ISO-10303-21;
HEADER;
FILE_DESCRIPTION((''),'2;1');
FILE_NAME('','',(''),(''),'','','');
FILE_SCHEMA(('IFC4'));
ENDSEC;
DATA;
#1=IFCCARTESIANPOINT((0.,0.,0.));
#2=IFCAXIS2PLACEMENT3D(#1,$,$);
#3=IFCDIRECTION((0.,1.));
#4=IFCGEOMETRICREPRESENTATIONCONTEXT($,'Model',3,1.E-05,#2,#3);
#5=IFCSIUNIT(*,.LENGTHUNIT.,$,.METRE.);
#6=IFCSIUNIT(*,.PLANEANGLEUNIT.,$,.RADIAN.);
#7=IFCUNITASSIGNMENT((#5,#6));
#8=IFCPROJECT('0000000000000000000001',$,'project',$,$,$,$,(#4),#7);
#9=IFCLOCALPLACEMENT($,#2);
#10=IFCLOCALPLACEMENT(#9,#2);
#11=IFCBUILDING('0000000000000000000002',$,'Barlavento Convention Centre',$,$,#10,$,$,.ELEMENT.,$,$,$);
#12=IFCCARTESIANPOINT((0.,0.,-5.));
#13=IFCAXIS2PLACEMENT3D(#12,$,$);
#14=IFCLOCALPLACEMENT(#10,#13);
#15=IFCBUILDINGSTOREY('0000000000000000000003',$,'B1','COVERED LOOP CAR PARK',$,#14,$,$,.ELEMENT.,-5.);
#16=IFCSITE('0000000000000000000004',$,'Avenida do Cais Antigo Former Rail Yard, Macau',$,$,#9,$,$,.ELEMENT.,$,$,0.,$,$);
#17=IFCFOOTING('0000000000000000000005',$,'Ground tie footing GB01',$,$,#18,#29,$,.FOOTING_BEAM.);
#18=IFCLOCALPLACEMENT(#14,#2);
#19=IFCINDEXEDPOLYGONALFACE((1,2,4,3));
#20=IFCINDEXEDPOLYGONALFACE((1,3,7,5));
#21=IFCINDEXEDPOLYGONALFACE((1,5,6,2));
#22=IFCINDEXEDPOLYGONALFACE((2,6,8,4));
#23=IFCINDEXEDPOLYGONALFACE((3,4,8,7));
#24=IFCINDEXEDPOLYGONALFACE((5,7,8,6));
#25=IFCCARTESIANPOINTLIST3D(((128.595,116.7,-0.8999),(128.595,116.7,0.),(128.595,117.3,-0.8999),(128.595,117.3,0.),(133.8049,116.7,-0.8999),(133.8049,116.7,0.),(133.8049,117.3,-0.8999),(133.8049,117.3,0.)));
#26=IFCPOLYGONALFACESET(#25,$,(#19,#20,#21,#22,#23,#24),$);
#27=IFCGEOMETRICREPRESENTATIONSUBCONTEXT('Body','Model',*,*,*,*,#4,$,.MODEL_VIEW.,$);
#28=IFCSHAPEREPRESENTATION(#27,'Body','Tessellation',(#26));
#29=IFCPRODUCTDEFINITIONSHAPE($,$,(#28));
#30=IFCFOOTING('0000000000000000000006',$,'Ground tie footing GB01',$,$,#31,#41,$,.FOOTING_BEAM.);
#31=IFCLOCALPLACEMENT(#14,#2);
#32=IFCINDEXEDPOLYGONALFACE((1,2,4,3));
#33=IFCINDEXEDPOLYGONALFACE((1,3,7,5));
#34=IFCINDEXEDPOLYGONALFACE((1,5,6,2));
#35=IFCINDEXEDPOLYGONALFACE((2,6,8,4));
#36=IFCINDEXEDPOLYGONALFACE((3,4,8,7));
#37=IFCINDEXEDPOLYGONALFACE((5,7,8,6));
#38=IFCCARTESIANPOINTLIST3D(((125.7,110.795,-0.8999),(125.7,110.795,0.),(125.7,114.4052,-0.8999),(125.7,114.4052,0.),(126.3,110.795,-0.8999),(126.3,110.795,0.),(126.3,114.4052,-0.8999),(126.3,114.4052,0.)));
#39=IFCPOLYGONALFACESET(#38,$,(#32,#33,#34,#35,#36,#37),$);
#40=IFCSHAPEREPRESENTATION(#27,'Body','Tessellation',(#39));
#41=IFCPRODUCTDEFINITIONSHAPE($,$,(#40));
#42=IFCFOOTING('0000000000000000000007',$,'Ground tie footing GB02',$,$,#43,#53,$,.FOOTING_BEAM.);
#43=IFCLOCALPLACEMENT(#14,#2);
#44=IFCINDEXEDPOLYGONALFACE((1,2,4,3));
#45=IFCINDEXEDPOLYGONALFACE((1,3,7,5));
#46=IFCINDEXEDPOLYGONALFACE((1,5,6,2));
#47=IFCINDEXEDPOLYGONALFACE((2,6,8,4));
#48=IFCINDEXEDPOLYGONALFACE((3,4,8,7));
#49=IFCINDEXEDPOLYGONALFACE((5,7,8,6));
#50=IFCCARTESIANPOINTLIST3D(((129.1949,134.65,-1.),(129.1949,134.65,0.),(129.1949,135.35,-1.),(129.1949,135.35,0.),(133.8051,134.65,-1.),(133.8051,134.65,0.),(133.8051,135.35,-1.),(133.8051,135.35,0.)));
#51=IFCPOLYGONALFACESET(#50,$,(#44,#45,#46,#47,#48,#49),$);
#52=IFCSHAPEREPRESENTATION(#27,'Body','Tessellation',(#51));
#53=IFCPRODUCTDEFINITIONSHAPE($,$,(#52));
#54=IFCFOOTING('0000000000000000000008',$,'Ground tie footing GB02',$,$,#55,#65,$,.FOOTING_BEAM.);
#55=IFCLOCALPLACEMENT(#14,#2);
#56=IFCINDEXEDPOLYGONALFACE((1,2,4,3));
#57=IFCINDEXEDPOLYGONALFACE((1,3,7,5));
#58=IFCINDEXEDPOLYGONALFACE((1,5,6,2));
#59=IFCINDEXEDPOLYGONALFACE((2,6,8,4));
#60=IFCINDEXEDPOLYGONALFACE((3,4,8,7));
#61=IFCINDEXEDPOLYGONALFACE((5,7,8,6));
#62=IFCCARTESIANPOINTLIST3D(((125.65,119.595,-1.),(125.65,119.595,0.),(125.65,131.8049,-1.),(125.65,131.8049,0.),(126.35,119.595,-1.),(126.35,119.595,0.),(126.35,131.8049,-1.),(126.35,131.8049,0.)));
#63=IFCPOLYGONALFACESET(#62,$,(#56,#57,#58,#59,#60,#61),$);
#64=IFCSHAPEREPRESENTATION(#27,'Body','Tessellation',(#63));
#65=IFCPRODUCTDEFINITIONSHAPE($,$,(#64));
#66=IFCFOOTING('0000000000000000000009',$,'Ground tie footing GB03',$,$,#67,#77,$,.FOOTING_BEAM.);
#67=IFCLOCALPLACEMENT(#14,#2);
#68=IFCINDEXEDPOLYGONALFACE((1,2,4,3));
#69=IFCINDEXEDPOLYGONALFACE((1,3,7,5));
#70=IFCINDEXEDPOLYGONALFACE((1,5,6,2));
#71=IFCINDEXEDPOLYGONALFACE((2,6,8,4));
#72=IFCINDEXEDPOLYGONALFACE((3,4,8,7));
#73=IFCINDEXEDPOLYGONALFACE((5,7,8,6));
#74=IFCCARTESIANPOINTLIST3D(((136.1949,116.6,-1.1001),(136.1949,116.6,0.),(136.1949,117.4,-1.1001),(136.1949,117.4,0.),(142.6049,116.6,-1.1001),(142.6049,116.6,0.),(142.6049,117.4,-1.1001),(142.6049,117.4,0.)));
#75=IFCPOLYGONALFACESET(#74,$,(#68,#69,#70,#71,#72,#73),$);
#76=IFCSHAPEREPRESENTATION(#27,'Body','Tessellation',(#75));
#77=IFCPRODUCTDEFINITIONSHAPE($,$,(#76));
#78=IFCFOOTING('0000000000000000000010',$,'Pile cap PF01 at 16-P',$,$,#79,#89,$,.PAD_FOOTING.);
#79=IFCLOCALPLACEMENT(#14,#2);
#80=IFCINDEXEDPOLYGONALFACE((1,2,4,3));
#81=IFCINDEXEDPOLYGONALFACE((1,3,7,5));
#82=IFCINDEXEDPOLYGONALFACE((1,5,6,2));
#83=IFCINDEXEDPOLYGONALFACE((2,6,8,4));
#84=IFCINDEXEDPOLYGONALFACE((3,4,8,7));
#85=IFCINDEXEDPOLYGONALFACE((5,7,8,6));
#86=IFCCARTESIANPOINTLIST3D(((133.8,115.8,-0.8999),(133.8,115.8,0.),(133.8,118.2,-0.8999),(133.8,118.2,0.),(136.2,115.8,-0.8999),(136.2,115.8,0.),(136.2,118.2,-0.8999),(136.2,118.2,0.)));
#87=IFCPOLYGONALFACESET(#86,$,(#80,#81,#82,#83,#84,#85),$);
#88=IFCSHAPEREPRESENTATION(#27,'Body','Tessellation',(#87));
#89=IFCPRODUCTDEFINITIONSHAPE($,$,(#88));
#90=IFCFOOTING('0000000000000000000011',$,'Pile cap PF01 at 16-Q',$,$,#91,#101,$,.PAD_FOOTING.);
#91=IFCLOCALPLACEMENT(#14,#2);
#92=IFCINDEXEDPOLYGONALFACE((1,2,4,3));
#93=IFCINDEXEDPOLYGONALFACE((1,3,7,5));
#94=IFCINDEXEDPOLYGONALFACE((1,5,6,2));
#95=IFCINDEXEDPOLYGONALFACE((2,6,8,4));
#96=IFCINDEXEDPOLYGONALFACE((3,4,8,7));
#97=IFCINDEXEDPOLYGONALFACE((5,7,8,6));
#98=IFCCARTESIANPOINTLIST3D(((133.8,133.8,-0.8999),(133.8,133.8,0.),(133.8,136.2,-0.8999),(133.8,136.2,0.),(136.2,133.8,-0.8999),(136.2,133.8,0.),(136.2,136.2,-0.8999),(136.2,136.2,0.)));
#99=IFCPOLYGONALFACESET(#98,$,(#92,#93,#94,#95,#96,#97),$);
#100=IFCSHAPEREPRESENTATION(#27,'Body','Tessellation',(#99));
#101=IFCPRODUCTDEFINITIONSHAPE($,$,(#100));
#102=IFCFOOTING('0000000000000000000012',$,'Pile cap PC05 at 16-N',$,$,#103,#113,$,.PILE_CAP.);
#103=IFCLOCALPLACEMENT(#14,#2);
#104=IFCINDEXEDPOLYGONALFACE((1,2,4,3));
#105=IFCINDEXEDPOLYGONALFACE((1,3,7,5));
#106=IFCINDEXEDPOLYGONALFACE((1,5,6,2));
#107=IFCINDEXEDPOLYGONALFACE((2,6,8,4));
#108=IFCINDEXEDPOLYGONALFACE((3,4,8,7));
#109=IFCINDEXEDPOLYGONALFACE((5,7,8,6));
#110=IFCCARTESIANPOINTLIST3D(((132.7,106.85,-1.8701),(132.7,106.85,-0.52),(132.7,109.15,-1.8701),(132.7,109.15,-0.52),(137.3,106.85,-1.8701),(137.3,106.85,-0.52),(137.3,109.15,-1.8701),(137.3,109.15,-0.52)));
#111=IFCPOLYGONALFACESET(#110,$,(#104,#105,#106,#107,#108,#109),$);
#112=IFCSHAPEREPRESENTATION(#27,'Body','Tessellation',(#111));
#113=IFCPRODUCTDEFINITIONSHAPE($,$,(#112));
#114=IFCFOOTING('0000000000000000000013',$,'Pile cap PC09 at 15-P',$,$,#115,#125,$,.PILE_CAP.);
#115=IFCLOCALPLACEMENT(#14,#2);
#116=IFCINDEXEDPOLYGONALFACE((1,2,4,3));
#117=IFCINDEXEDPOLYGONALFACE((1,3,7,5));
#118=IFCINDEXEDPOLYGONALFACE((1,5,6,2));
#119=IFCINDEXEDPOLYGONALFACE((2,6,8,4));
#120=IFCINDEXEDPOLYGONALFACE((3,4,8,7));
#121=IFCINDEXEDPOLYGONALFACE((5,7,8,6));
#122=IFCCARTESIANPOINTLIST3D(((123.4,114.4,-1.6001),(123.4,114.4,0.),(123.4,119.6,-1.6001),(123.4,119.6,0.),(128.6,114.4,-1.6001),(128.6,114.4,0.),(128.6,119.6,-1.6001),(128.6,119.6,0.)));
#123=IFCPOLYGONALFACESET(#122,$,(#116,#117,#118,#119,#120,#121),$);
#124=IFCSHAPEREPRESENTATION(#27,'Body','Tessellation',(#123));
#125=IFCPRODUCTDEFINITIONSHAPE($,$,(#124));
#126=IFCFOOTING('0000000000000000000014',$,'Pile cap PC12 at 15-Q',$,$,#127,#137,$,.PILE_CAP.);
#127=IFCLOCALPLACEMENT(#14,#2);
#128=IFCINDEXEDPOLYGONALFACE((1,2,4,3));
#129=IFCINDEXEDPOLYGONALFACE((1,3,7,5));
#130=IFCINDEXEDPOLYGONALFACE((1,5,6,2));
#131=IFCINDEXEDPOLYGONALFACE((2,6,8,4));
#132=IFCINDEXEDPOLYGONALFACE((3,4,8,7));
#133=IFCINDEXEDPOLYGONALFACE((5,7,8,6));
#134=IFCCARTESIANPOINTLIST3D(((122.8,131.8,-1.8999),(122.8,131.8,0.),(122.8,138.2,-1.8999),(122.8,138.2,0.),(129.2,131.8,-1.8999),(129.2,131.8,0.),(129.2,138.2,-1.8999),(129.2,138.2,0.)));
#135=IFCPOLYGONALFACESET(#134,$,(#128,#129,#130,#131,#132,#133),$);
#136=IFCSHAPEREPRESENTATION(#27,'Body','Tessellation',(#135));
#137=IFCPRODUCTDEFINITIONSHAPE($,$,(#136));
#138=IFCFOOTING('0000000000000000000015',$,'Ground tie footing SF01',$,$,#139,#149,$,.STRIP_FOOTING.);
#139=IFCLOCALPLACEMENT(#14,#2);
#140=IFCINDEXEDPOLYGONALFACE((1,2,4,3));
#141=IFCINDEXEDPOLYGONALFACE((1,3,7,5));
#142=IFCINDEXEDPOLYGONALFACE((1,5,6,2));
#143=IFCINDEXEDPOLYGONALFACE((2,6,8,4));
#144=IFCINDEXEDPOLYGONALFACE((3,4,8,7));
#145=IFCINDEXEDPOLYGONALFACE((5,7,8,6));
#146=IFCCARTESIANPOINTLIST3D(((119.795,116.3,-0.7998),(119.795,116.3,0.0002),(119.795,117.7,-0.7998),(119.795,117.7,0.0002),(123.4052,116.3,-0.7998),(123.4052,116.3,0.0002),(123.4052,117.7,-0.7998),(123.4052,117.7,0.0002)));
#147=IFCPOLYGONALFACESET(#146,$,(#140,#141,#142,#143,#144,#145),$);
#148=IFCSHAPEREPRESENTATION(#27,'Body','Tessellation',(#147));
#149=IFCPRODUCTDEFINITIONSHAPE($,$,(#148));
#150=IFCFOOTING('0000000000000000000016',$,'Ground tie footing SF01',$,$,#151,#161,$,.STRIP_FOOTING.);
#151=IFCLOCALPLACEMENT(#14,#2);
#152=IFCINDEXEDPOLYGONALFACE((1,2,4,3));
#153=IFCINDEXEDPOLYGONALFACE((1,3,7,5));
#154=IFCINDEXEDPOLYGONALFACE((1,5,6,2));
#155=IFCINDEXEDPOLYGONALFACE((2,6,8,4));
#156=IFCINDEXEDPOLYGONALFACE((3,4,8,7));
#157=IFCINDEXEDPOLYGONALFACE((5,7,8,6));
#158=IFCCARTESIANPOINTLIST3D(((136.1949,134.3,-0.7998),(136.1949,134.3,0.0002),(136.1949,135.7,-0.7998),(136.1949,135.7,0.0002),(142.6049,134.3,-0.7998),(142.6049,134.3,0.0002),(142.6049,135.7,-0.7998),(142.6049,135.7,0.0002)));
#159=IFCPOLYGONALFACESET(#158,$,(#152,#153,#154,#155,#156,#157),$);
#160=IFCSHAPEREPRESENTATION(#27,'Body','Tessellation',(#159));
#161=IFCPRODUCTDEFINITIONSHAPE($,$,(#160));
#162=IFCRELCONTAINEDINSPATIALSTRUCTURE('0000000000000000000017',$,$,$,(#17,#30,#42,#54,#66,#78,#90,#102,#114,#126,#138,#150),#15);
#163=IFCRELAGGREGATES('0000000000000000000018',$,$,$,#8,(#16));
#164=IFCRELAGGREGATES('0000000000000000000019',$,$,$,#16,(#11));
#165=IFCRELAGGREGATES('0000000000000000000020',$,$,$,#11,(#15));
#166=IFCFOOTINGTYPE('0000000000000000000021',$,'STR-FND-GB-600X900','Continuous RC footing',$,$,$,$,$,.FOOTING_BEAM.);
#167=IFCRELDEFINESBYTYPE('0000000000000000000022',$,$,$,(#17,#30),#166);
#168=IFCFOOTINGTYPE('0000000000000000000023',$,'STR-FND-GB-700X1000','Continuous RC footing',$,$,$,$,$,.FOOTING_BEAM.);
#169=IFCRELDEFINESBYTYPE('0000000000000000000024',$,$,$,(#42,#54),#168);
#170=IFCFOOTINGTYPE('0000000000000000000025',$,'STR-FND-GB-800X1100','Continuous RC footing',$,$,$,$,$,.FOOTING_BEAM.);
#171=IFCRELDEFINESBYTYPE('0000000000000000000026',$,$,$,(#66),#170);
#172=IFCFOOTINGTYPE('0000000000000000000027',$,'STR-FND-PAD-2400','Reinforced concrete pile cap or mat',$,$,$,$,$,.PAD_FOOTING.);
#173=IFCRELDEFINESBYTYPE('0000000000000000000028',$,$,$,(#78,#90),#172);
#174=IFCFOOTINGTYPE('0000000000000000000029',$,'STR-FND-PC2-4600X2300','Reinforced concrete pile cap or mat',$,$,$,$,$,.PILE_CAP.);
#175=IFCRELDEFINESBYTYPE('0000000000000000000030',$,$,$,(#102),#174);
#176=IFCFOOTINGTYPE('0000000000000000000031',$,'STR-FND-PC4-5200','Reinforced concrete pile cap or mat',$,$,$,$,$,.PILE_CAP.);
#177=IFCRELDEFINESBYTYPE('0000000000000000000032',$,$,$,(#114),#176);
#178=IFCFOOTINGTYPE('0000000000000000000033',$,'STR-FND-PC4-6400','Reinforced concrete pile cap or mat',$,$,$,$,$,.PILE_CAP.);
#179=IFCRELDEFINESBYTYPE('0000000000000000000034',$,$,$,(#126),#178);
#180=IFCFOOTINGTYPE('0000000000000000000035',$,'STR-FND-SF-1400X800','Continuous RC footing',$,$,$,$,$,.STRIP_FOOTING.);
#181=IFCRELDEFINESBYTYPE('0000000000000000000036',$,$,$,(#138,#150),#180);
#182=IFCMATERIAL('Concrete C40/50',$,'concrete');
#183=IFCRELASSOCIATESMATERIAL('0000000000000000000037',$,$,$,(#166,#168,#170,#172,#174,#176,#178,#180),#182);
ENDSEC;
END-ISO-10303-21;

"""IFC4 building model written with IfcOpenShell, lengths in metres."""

from ifc_helpers import new_model, si_unit, direction, frame, origin, origin_2d, place, context, subcontext, project, spatial, rectangle, extrude, material, type_object, element, save


model = new_model("IFC4")

# Units and contexts
model_context = context("Model", 3, precision=1e-05, world=origin(), true_north=direction((0.0, 1.0)))
body_context = subcontext(model_context, "Body", "Model", "MODEL_VIEW")
ifc_project = project(units=[si_unit("LENGTHUNIT", "METRE"), si_unit("PLANEANGLEUNIT", "RADIAN")], contexts=[model_context])

# Site, building, storey
site_placement = place(None, origin())
site = spatial("IfcSite", under=ifc_project, at=site_placement, Name="Avenida do Cais Antigo Former Rail Yard, Macau", CompositionType="ELEMENT", RefElevation=0.0)
building_placement = place(site_placement, origin())
building = spatial("IfcBuilding", under=site, at=building_placement, Name="Barlavento Convention Centre", CompositionType="ELEMENT")
storey_placement = place(building_placement, frame((0.0, 0.0, -5.0)))
storey = spatial("IfcBuildingStorey", under=building, at=storey_placement, Name="B1", Description="COVERED LOOP CAR PARK", CompositionType="ELEMENT", Elevation=-5.0)

# Footings
ifc_material_1 = material(Name="Concrete C40/50", Category="concrete")
footing_type_1 = type_object("IfcFootingType", Name="STR-FND-GB-600X900", Description="Continuous RC footing", PredefinedType="FOOTING_BEAM", material=ifc_material_1)
footing_1_placement = place(storey_placement, frame((131.2, 117.0, -0.8999), z_axis=(0.0, 0.0, 1.0), x_axis=(1.0, 0.0, 0.0)))
element("IfcFooting", 1, at=footing_1_placement, inside=storey, type_object=footing_type_1, Name="Ground tie footing GB01", PredefinedType="FOOTING_BEAM", context=body_context, shape_type="SweptSolid", body=[
    extrude(rectangle(XDim=5.21, YDim=0.6001, at=origin_2d()), origin(), (0.0, 0.0, 1.0), 0.8999),
])
footing_2_placement = place(storey_placement, frame((126.0, 112.6001, -0.8999), z_axis=(0.0, 0.0, 1.0), x_axis=(1.0, 0.0, 0.0)))
element("IfcFooting", 2, at=footing_2_placement, inside=storey, type_object=footing_type_1, Name="Ground tie footing GB01", PredefinedType="FOOTING_BEAM", context=body_context, shape_type="SweptSolid", body=[
    extrude(rectangle(XDim=0.6001, YDim=3.6101, at=origin_2d()), origin(), (0.0, 0.0, 1.0), 0.8999),
])
footing_type_2 = type_object("IfcFootingType", Name="STR-FND-GB-700X1000", Description="Continuous RC footing", PredefinedType="FOOTING_BEAM", material=ifc_material_1)
footing_3_placement = place(storey_placement, frame((131.5, 135.0, -1.0), z_axis=(0.0, 0.0, 1.0), x_axis=(1.0, 0.0, 0.0)))
element("IfcFooting", 3, at=footing_3_placement, inside=storey, type_object=footing_type_2, Name="Ground tie footing GB02", PredefinedType="FOOTING_BEAM", context=body_context, shape_type="SweptSolid", body=[
    extrude(rectangle(XDim=4.6101, YDim=0.7, at=origin_2d()), origin(), (0.0, 0.0, 1.0), 1.0),
])
footing_4_placement = place(storey_placement, frame((126.0, 125.7, -1.0), z_axis=(0.0, 0.0, 1.0), x_axis=(1.0, 0.0, 0.0)))
element("IfcFooting", 4, at=footing_4_placement, inside=storey, type_object=footing_type_2, Name="Ground tie footing GB02", PredefinedType="FOOTING_BEAM", context=body_context, shape_type="SweptSolid", body=[
    extrude(rectangle(XDim=0.7, YDim=12.21, at=origin_2d()), origin(), (0.0, 0.0, 1.0), 1.0),
])
footing_type_3 = type_object("IfcFootingType", Name="STR-FND-GB-800X1100", Description="Continuous RC footing", PredefinedType="FOOTING_BEAM", material=ifc_material_1)
footing_5_placement = place(storey_placement, frame((139.3999, 117.0, -1.1001), z_axis=(0.0, 0.0, 1.0), x_axis=(1.0, 0.0, 0.0)))
element("IfcFooting", 5, at=footing_5_placement, inside=storey, type_object=footing_type_3, Name="Ground tie footing GB03", PredefinedType="FOOTING_BEAM", context=body_context, shape_type="SweptSolid", body=[
    extrude(rectangle(XDim=6.4099, YDim=0.8, at=origin_2d()), origin(), (0.0, 0.0, 1.0), 1.1001),
])
footing_type_4 = type_object("IfcFootingType", Name="STR-FND-PAD-2400", Description="Reinforced concrete pile cap or mat", PredefinedType="PAD_FOOTING", material=ifc_material_1)
for number, where, z_axis, x_axis, name in (
    (6, (135.0, 117.0, -0.8999), (0.0, 0.0, 1.0), (1.0, 0.0, 0.0), "Pile cap PF01 at 16-P"),
    (7, (135.0, 135.0, -0.8999), (0.0, 0.0, 1.0), (1.0, 0.0, 0.0), "Pile cap PF01 at 16-Q"),
):
    element("IfcFooting", number, at=place(storey_placement, frame(where, z_axis=z_axis, x_axis=x_axis)), inside=storey, type_object=footing_type_4, Name=name, PredefinedType="PAD_FOOTING", context=body_context, shape_type="SweptSolid", body=[
        extrude(rectangle(XDim=2.3999, YDim=2.3999, at=origin_2d()), origin(), (0.0, 0.0, 1.0), 0.8999),
    ])
footing_type_5 = type_object("IfcFootingType", Name="STR-FND-PC2-4600X2300", Description="Reinforced concrete pile cap or mat", PredefinedType="PILE_CAP", material=ifc_material_1)
footing_6_placement = place(storey_placement, frame((135.0, 108.0, -1.8701), z_axis=(0.0, 0.0, 1.0), x_axis=(1.0, 0.0, 0.0)))
element("IfcFooting", 8, at=footing_6_placement, inside=storey, type_object=footing_type_5, Name="Pile cap PC05 at 16-N", PredefinedType="PILE_CAP", context=body_context, shape_type="SweptSolid", body=[
    extrude(rectangle(XDim=4.6001, YDim=2.3, at=origin_2d()), origin(), (0.0, 0.0, 1.0), 1.3501),
])
footing_type_6 = type_object("IfcFootingType", Name="STR-FND-PC4-5200", Description="Reinforced concrete pile cap or mat", PredefinedType="PILE_CAP", material=ifc_material_1)
footing_7_placement = place(storey_placement, frame((126.0, 117.0, -1.6001), z_axis=(0.0, 0.0, 1.0), x_axis=(1.0, 0.0, 0.0)))
element("IfcFooting", 9, at=footing_7_placement, inside=storey, type_object=footing_type_6, Name="Pile cap PC09 at 15-P", PredefinedType="PILE_CAP", context=body_context, shape_type="SweptSolid", body=[
    extrude(rectangle(XDim=5.2, YDim=5.2, at=origin_2d()), origin(), (0.0, 0.0, 1.0), 1.6001),
])
footing_type_7 = type_object("IfcFootingType", Name="STR-FND-PC4-6400", Description="Reinforced concrete pile cap or mat", PredefinedType="PILE_CAP", material=ifc_material_1)
footing_8_placement = place(storey_placement, frame((126.0, 135.0, -1.8999), z_axis=(0.0, 0.0, 1.0), x_axis=(1.0, 0.0, 0.0)))
element("IfcFooting", 10, at=footing_8_placement, inside=storey, type_object=footing_type_7, Name="Pile cap PC12 at 15-Q", PredefinedType="PILE_CAP", context=body_context, shape_type="SweptSolid", body=[
    extrude(rectangle(XDim=6.3999, YDim=6.3999, at=origin_2d()), origin(), (0.0, 0.0, 1.0), 1.8999),
])
footing_type_8 = type_object("IfcFootingType", Name="STR-FND-SF-1400X800", Description="Continuous RC footing", PredefinedType="STRIP_FOOTING", material=ifc_material_1)
footing_9_placement = place(storey_placement, frame((121.6001, 117.0, -0.7998), z_axis=(0.0, 0.0, 1.0), x_axis=(1.0, 0.0, 0.0)))
element("IfcFooting", 11, at=footing_9_placement, inside=storey, type_object=footing_type_8, Name="Ground tie footing SF01", PredefinedType="STRIP_FOOTING", context=body_context, shape_type="SweptSolid", body=[
    extrude(rectangle(XDim=3.6101, YDim=1.3999, at=origin_2d()), origin(), (0.0, 0.0, 1.0), 0.8),
])
footing_10_placement = place(storey_placement, frame((139.3999, 135.0, -0.7998), z_axis=(0.0, 0.0, 1.0), x_axis=(1.0, 0.0, 0.0)))
element("IfcFooting", 12, at=footing_10_placement, inside=storey, type_object=footing_type_8, Name="Ground tie footing SF01", PredefinedType="STRIP_FOOTING", context=body_context, shape_type="SweptSolid", body=[
    extrude(rectangle(XDim=6.4099, YDim=1.3999, at=origin_2d()), origin(), (0.0, 0.0, 1.0), 0.8),
])

save(model, "model.ifc")
